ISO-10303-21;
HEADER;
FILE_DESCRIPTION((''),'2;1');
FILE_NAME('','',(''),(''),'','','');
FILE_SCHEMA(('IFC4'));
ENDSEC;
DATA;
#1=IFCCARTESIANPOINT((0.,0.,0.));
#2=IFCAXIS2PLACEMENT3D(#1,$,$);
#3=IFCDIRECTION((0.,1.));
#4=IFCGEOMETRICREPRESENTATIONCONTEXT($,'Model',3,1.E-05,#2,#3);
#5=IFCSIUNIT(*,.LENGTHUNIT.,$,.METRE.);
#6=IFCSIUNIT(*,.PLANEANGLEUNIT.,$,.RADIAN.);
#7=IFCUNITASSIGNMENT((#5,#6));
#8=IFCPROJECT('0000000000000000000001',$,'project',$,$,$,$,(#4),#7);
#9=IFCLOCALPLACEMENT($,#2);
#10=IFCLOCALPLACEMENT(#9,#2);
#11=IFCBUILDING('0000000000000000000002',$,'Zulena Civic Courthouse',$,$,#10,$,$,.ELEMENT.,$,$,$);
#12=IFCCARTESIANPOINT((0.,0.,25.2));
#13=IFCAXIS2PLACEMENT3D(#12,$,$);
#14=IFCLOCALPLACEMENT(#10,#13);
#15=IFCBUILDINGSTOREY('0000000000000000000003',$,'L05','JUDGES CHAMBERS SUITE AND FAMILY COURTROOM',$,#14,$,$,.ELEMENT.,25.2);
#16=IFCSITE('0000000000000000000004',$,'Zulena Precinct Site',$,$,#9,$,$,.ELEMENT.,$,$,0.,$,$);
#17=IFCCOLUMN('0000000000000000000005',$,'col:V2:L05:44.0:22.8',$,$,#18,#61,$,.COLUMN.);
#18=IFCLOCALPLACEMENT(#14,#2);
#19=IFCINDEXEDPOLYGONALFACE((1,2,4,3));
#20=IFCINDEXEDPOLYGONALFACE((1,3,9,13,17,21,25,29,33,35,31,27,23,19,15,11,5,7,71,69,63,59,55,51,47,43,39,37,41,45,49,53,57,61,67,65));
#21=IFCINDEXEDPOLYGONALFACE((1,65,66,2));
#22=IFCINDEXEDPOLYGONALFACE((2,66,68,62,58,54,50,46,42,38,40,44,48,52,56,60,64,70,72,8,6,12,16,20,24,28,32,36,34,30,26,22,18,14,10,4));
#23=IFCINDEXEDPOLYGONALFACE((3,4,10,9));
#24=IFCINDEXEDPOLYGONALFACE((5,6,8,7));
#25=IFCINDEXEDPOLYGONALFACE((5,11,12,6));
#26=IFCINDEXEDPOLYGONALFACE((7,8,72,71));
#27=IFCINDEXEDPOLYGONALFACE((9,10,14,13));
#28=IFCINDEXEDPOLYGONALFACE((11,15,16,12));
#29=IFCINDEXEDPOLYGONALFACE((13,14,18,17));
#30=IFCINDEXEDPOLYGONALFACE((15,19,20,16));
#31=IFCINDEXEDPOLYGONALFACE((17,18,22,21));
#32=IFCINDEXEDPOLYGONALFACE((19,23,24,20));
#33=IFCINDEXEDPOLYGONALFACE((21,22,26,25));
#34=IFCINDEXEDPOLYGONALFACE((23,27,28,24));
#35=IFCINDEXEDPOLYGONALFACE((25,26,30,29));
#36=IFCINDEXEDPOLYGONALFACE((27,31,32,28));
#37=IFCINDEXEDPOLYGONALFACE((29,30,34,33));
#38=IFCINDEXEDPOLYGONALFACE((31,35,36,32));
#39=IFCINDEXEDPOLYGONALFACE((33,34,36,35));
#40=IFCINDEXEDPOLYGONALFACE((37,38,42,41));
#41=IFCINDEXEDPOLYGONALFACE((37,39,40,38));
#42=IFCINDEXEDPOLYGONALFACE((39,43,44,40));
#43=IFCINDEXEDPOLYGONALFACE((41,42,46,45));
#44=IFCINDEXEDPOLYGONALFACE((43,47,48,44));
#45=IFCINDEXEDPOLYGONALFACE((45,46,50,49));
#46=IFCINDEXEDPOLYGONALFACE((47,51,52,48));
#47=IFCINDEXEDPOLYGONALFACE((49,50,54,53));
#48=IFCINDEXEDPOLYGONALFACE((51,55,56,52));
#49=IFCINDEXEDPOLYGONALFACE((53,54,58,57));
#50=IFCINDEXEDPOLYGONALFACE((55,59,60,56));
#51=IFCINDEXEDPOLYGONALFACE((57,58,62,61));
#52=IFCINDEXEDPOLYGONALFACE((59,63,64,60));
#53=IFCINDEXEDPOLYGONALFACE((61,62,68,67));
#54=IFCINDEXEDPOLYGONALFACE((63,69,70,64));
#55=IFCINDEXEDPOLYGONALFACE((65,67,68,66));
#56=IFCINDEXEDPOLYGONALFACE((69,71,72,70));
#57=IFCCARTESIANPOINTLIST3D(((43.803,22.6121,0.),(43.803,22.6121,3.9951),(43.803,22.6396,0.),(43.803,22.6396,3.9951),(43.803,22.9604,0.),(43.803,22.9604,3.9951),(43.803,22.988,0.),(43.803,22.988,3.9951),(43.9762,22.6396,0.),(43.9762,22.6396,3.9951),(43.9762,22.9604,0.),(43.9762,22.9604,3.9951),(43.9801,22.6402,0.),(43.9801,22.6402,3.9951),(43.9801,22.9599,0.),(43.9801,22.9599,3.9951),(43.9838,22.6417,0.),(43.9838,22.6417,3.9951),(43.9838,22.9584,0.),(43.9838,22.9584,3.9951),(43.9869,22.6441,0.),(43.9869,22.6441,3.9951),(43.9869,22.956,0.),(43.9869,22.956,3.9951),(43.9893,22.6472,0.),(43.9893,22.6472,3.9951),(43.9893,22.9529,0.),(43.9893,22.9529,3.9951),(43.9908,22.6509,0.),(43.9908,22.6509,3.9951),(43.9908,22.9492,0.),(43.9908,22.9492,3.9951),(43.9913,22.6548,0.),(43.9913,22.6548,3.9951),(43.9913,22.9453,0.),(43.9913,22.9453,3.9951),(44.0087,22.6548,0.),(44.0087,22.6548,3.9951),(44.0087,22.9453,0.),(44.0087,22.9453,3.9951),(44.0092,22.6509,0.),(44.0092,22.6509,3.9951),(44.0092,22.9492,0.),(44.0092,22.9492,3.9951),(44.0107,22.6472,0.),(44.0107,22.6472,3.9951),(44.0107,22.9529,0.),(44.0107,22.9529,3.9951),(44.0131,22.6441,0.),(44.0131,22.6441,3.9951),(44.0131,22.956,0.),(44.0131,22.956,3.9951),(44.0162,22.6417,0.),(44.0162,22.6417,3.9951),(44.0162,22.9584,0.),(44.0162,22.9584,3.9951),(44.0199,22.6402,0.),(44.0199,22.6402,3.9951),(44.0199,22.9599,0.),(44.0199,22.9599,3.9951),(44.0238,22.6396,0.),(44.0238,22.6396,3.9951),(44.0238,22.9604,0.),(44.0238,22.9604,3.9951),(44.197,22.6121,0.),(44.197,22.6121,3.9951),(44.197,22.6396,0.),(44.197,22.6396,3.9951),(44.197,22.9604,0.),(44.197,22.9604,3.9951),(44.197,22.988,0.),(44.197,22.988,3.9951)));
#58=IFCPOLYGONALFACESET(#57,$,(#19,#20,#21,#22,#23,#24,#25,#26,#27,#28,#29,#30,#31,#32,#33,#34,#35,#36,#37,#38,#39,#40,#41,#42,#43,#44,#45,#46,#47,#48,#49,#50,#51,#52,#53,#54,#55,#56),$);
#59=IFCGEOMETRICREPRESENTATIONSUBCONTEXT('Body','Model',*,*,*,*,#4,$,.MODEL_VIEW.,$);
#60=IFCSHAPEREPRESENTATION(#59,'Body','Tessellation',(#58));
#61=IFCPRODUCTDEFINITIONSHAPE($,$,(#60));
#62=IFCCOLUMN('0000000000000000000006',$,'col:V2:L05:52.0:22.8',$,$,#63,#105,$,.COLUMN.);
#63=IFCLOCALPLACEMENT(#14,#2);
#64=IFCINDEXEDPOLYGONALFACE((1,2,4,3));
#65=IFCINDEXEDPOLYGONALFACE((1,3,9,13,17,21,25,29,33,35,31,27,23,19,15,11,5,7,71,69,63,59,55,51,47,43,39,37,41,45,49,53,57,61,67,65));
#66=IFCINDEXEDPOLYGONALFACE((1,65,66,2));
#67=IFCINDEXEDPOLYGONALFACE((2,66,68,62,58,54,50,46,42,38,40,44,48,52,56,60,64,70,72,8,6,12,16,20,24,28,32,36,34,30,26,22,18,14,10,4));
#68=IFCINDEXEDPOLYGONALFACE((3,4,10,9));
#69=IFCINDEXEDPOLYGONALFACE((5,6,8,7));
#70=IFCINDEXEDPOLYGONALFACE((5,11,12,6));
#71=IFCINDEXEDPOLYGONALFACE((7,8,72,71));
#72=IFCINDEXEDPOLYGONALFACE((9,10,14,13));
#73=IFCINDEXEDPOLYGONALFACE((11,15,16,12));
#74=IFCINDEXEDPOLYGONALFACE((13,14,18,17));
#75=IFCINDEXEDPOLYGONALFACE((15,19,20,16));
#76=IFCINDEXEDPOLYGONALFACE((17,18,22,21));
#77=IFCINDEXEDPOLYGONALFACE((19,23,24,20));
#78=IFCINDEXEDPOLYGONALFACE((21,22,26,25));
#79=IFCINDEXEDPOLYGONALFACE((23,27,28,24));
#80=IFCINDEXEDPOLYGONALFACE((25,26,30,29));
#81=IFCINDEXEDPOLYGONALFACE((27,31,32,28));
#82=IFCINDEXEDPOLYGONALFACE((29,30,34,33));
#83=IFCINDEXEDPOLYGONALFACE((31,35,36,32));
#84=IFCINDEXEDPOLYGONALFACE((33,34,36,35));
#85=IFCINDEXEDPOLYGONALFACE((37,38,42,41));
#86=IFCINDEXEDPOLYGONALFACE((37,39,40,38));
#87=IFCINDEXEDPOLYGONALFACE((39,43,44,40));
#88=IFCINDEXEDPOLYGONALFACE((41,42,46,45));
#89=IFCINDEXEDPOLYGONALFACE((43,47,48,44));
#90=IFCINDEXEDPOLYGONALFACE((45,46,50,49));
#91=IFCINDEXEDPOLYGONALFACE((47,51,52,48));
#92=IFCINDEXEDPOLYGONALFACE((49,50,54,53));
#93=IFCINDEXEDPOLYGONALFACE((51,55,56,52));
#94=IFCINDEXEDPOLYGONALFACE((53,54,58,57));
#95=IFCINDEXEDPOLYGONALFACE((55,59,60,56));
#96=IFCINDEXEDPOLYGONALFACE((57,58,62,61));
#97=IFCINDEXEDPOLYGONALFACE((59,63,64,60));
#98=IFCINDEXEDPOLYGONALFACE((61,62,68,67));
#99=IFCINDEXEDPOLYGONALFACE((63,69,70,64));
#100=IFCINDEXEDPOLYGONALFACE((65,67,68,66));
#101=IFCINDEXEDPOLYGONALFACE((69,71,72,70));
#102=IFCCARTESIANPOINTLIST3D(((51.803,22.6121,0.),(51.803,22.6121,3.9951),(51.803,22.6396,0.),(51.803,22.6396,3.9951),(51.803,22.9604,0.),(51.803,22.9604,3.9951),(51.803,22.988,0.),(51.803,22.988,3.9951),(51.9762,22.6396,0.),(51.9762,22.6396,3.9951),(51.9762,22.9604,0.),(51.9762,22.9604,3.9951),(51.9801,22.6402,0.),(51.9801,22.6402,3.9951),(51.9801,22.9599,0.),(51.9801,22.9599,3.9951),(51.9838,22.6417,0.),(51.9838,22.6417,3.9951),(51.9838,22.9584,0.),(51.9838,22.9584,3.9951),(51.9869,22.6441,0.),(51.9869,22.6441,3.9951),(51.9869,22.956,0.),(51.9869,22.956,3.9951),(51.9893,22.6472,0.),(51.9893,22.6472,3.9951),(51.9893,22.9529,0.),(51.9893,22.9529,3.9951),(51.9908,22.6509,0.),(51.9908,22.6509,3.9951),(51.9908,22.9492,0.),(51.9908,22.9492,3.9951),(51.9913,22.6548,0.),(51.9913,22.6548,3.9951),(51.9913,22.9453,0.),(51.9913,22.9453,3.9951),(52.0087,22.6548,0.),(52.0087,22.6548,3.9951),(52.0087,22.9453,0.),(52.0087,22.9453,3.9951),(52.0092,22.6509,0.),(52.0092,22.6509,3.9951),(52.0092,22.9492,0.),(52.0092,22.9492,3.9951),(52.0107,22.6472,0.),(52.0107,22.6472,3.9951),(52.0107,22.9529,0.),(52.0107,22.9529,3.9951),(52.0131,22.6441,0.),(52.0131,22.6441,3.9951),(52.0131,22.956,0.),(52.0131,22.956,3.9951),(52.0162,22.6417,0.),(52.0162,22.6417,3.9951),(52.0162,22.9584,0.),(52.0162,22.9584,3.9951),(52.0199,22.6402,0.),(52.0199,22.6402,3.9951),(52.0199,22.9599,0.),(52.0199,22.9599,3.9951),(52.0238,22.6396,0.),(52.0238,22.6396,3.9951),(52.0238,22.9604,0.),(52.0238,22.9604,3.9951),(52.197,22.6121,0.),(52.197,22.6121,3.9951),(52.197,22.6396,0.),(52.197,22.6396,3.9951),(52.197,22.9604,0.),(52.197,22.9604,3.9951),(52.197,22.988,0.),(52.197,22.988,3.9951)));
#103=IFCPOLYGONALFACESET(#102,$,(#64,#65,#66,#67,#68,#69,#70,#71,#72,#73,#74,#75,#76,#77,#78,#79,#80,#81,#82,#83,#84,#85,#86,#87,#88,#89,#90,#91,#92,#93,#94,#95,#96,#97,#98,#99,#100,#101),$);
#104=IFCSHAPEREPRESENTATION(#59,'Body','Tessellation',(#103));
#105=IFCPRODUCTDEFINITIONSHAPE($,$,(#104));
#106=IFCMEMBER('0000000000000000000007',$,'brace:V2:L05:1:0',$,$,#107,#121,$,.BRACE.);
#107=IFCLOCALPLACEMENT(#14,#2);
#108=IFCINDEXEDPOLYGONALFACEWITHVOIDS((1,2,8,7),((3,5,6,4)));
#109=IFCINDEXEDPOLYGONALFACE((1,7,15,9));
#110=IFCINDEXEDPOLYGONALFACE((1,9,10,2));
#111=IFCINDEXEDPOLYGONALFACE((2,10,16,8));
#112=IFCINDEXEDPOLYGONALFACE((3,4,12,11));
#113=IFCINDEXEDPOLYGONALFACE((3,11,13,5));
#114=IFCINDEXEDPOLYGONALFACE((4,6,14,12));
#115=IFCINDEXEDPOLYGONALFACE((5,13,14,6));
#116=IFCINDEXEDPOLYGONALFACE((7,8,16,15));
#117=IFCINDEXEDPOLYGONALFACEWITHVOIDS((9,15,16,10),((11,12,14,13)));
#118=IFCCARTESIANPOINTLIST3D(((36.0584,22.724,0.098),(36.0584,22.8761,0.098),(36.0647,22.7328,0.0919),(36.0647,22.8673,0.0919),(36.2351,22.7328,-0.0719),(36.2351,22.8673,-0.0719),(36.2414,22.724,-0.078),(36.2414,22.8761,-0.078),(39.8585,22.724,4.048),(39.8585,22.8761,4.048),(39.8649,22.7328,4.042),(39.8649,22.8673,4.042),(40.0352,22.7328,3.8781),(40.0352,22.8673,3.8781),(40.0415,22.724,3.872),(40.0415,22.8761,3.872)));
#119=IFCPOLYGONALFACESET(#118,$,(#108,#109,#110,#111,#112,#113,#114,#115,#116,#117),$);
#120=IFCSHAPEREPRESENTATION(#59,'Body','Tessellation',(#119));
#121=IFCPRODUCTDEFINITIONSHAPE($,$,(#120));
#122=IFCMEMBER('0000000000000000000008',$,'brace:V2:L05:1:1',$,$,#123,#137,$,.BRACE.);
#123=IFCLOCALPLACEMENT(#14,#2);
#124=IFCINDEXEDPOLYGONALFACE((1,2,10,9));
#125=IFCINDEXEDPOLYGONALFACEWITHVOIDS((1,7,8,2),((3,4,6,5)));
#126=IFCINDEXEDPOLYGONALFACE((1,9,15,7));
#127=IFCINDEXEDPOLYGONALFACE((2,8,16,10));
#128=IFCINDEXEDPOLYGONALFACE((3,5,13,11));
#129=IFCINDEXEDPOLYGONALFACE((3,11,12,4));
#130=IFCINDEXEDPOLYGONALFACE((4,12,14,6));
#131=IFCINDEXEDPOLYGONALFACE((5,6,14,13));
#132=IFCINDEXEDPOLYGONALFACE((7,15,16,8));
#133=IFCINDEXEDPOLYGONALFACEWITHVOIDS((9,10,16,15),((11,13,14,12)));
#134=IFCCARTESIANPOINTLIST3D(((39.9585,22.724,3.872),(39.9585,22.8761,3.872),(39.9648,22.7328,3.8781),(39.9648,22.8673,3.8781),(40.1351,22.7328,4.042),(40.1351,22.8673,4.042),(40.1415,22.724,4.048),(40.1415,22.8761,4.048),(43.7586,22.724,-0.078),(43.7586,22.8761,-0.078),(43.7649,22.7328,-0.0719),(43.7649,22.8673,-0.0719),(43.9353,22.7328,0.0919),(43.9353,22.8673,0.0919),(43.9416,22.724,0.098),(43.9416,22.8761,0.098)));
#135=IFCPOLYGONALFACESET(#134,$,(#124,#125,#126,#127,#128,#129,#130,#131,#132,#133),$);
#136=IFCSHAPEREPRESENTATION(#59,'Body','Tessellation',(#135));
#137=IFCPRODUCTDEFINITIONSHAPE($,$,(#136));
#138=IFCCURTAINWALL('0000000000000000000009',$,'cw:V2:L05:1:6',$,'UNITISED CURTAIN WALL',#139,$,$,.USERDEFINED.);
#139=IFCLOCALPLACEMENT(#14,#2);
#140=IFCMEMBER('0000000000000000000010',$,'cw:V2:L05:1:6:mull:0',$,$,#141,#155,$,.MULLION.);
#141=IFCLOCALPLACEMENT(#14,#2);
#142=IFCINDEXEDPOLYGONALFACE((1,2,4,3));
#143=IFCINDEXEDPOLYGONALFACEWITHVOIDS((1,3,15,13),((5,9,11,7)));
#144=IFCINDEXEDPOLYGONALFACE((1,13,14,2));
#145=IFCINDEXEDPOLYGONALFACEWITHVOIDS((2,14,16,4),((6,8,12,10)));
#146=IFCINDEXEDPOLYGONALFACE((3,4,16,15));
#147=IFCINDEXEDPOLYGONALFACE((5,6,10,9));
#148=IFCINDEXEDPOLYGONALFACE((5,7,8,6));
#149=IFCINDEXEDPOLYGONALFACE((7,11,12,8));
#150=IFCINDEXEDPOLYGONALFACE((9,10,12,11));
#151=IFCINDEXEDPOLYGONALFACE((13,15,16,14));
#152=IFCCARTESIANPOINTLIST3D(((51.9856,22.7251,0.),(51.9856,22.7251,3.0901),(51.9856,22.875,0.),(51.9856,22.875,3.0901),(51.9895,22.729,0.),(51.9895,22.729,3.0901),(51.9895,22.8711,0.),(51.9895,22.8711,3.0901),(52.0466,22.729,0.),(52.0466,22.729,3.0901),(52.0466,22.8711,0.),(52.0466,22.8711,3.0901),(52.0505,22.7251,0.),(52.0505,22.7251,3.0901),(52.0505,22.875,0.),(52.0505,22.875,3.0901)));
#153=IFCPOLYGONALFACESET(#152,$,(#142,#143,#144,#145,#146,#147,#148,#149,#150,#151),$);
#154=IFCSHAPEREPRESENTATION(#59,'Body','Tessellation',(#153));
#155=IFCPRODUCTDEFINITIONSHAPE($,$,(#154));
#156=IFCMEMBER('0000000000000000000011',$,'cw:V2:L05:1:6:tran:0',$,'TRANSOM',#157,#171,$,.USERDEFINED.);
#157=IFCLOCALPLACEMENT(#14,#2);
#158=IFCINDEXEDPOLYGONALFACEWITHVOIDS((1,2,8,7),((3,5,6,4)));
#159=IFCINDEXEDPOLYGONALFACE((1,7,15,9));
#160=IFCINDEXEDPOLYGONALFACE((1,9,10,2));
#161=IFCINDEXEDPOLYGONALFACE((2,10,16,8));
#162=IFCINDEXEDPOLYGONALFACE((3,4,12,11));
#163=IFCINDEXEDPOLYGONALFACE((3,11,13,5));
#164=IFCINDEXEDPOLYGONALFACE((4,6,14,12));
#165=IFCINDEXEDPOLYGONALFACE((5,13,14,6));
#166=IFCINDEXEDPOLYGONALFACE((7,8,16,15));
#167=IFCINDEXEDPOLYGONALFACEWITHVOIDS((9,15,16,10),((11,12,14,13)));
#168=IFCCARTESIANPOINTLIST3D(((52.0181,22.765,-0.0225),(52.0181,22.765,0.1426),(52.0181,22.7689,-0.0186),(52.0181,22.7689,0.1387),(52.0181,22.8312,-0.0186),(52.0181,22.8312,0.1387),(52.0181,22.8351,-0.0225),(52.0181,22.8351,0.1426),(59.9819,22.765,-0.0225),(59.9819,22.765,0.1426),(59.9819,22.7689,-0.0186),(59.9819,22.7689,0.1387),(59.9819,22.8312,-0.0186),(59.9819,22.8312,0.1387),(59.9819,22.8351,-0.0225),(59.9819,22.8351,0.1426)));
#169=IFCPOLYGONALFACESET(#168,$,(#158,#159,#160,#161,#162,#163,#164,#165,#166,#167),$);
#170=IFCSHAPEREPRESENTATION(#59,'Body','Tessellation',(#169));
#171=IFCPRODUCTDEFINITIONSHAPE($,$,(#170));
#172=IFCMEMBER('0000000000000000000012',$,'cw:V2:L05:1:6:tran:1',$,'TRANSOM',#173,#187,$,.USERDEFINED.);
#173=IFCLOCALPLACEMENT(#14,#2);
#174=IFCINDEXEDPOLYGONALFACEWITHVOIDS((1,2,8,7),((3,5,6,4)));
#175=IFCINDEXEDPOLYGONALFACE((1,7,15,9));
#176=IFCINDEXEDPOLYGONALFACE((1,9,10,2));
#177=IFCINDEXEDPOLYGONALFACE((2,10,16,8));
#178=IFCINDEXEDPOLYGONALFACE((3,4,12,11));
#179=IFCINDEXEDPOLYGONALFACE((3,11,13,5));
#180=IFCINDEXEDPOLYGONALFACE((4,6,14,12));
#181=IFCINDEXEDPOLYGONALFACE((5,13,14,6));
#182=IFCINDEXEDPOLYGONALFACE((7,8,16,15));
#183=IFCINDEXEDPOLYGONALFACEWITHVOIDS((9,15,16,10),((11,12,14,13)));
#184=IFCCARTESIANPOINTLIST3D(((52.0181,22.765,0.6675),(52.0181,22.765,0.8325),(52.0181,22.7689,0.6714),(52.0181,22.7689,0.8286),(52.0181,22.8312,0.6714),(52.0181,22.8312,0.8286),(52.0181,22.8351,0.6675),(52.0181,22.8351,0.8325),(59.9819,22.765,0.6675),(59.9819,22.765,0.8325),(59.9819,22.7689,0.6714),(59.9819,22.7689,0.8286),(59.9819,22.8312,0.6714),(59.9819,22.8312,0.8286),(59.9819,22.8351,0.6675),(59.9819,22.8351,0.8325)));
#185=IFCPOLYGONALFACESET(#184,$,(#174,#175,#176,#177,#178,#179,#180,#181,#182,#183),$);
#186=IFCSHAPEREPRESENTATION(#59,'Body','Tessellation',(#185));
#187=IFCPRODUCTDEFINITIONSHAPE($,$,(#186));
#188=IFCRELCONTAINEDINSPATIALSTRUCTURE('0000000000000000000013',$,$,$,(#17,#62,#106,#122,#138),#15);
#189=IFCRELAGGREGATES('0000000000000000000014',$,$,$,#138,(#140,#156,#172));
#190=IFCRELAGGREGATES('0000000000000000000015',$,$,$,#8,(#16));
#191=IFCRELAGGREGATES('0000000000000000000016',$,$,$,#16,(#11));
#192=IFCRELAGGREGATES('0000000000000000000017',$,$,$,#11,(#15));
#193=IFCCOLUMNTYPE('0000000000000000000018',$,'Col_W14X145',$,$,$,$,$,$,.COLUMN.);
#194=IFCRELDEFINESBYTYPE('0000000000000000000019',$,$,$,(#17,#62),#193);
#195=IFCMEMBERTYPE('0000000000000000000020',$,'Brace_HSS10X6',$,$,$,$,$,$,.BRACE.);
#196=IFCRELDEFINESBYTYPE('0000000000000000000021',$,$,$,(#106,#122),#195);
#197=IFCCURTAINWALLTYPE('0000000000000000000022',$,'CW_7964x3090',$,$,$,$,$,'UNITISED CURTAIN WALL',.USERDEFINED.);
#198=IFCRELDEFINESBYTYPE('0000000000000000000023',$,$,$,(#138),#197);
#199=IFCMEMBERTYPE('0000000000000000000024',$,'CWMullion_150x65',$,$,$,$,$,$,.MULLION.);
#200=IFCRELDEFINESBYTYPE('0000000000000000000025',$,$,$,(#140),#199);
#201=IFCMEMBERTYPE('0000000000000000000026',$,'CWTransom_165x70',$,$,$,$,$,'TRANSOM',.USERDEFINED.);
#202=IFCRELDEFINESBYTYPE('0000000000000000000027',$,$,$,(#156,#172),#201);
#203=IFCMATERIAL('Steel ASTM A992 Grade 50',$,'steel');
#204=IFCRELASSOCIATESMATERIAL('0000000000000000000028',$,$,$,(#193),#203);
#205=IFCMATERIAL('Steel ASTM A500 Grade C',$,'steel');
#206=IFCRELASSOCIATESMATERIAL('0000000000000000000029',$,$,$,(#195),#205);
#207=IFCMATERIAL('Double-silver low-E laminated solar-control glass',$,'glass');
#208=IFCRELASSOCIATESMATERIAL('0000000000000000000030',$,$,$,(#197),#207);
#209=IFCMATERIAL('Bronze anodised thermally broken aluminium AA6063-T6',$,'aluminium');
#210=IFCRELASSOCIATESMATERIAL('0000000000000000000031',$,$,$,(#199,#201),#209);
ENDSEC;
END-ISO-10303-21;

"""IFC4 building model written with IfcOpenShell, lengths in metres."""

from ifc_helpers import new_model, si_unit, direction, frame, origin, origin_2d, place, context, subcontext, project, spatial, hollow_rectangle, i_section, extrude, material, material_profile, profile_set, type_object, element, aggregate, save


model = new_model("IFC4")

# Units and contexts
model_context = context("Model", 3, precision=1e-05, world=origin(), true_north=direction((0.0, 1.0)))
body_context = subcontext(model_context, "Body", "Model", "MODEL_VIEW")
ifc_project = project(units=[si_unit("LENGTHUNIT", "METRE"), si_unit("PLANEANGLEUNIT", "RADIAN")], contexts=[model_context])

# Site, building, storey
site_placement = place(None, origin())
site = spatial("IfcSite", under=ifc_project, at=site_placement, Name="Zulena Precinct Site", CompositionType="ELEMENT", RefElevation=0.0)
building_placement = place(site_placement, origin())
building = spatial("IfcBuilding", under=site, at=building_placement, Name="Zulena Civic Courthouse", CompositionType="ELEMENT")
storey_placement = place(building_placement, frame((0.0, 0.0, 25.2)))
storey = spatial("IfcBuildingStorey", under=building, at=storey_placement, Name="L05", Description="JUDGES CHAMBERS SUITE AND FAMILY COURTROOM", CompositionType="ELEMENT", Elevation=25.2)

# Columns
ifc_material_1 = material(Name="Steel ASTM A992 Grade 50", Category="steel")
ifc_material_profile_1 = material_profile(ifc_material_1, i_section(OverallWidth=0.394, OverallDepth=0.376, WebThickness=0.0173, FlangeThickness=0.0276, FilletRadius=0.0151, at=origin_2d()), Name="W14X145")
ifc_profile_set_1 = profile_set([ifc_material_profile_1], Name="Steel ASTM A992 Grade 50")
column_type_1 = type_object("IfcColumnType", Name="Col_W14X145", PredefinedType="COLUMN", material=ifc_profile_set_1)
for number, where, z_axis, x_axis, name in (
    (1, (44.0, 22.8, 0.0), (0.0, 0.0, 1.0), (1.0, 0.0, 0.0), "col:V2:L05:44.0:22.8"),
    (2, (52.0, 22.8, 0.0), (0.0, 0.0, 1.0), (1.0, 0.0, 0.0), "col:V2:L05:52.0:22.8"),
):
    element("IfcColumn", number, at=place(storey_placement, frame(where, z_axis=z_axis, x_axis=x_axis)), inside=storey, type_object=column_type_1, Name=name, PredefinedType="COLUMN", context=body_context, shape_type="SweptSolid", body=[
        extrude(i_section(OverallWidth=0.394, OverallDepth=0.376, WebThickness=0.0173, FlangeThickness=0.0276, FilletRadius=0.0151, at=origin_2d()), origin(), (0.0, 0.0, 1.0), 3.9951),
    ])

# Members
ifc_material_2 = material(Name="Steel ASTM A500 Grade C", Category="steel")
ifc_material_profile_2 = material_profile(ifc_material_2, hollow_rectangle(XDim=0.1521, YDim=0.2539, WallThickness=0.0088, at=origin_2d()), Name="HSS10X6X3/8")
ifc_profile_set_2 = profile_set([ifc_material_profile_2], Name="Steel ASTM A500 Grade C")
member_type_1 = type_object("IfcMemberType", Name="Brace_HSS10X6", PredefinedType="BRACE", material=ifc_profile_set_2)
for number, where, z_axis, x_axis, name in (
    (3, (36.1499, 22.8, 0.01), (0.6933, 0.0, 0.720649), (0.0, 1.0, 0.0), "brace:V2:L05:1:0"),
    (4, (43.8501, 22.8, 0.01), (-0.6933, 0.0, 0.720649), (0.0, -1.0, 0.0), "brace:V2:L05:1:1"),
):
    element("IfcMember", number, at=place(storey_placement, frame(where, z_axis=z_axis, x_axis=x_axis)), inside=storey, type_object=member_type_1, Name=name, PredefinedType="BRACE", context=body_context, shape_type="SweptSolid", body=[
        extrude(hollow_rectangle(XDim=0.1521, YDim=0.2539, WallThickness=0.0088, at=origin_2d()), origin(), (0.0, 0.0, 1.0), 5.4812),
    ])

# Curtain wall, members
ifc_material_3 = material(Name="Double-silver low-E laminated solar-control glass", Category="glass")
curtain_wall_type = type_object("IfcCurtainWallType", Name="CW_7964x3090", ElementType="UNITISED CURTAIN WALL", PredefinedType="USERDEFINED", material=ifc_material_3)
curtain_wall_placement = place(storey_placement, origin())
curtain_wall = element("IfcCurtainWall", 5, at=curtain_wall_placement, inside=storey, type_object=curtain_wall_type, Name="cw:V2:L05:1:6", ObjectType="UNITISED CURTAIN WALL", PredefinedType="USERDEFINED")
ifc_material_4 = material(Name="Bronze anodised thermally broken aluminium AA6063-T6", Category="aluminium")
ifc_material_profile_3 = material_profile(ifc_material_4, hollow_rectangle(XDim=0.0649, YDim=0.1499, WallThickness=0.0039, at=origin_2d()), Name="CWM150X65X4")
ifc_profile_set_3 = profile_set([ifc_material_profile_3], Name="Bronze anodised thermally broken aluminium AA6063-T6")
member_type_2 = type_object("IfcMemberType", Name="CWMullion_150x65", PredefinedType="MULLION", material=ifc_profile_set_3)
member_1_placement = place(storey_placement, frame((52.0181, 22.8, 0.0), z_axis=(0.0, 0.0, 1.0), x_axis=(1.0, 0.0, 0.0)))
member_1 = element("IfcMember", 6, at=member_1_placement, type_object=member_type_2, Name="cw:V2:L05:1:6:mull:0", PredefinedType="MULLION", context=body_context, shape_type="SweptSolid", body=[
    extrude(hollow_rectangle(XDim=0.0649, YDim=0.1499, WallThickness=0.0039, at=origin_2d()), origin(), (0.0, 0.0, 1.0), 3.0901),
])
ifc_material_profile_4 = material_profile(ifc_material_4, hollow_rectangle(XDim=0.0701, YDim=0.165, WallThickness=0.0039, at=origin_2d()), Name="CWT165X70X4")
ifc_profile_set_4 = profile_set([ifc_material_profile_4], Name="Bronze anodised thermally broken aluminium AA6063-T6")
member_type_3 = type_object("IfcMemberType", Name="CWTransom_165x70", ElementType="TRANSOM", PredefinedType="USERDEFINED", material=ifc_profile_set_4)
member_2_placement = place(storey_placement, frame((52.0181, 22.8, 0.0601), z_axis=(1.0, 0.0, 0.0), x_axis=(0.0, 1.0, 0.0)))
member_2 = element("IfcMember", 7, at=member_2_placement, type_object=member_type_3, Name="cw:V2:L05:1:6:tran:0", ObjectType="TRANSOM", PredefinedType="USERDEFINED", context=body_context, shape_type="SweptSolid", body=[
    extrude(hollow_rectangle(XDim=0.0701, YDim=0.165, WallThickness=0.0039, at=origin_2d()), origin(), (0.0, 0.0, 1.0), 7.9639),
])
member_3_placement = place(storey_placement, frame((52.0181, 22.8, 0.75), z_axis=(1.0, 0.0, 0.0), x_axis=(0.0, 1.0, 0.0)))
member_3 = element("IfcMember", 8, at=member_3_placement, type_object=member_type_3, Name="cw:V2:L05:1:6:tran:1", ObjectType="TRANSOM", PredefinedType="USERDEFINED", context=body_context, shape_type="SweptSolid", body=[
    extrude(hollow_rectangle(XDim=0.0701, YDim=0.165, WallThickness=0.0039, at=origin_2d()), origin(), (0.0, 0.0, 1.0), 7.9639),
])
aggregate(curtain_wall, [member_1, member_2, member_3])

save(model, "model.ifc")
